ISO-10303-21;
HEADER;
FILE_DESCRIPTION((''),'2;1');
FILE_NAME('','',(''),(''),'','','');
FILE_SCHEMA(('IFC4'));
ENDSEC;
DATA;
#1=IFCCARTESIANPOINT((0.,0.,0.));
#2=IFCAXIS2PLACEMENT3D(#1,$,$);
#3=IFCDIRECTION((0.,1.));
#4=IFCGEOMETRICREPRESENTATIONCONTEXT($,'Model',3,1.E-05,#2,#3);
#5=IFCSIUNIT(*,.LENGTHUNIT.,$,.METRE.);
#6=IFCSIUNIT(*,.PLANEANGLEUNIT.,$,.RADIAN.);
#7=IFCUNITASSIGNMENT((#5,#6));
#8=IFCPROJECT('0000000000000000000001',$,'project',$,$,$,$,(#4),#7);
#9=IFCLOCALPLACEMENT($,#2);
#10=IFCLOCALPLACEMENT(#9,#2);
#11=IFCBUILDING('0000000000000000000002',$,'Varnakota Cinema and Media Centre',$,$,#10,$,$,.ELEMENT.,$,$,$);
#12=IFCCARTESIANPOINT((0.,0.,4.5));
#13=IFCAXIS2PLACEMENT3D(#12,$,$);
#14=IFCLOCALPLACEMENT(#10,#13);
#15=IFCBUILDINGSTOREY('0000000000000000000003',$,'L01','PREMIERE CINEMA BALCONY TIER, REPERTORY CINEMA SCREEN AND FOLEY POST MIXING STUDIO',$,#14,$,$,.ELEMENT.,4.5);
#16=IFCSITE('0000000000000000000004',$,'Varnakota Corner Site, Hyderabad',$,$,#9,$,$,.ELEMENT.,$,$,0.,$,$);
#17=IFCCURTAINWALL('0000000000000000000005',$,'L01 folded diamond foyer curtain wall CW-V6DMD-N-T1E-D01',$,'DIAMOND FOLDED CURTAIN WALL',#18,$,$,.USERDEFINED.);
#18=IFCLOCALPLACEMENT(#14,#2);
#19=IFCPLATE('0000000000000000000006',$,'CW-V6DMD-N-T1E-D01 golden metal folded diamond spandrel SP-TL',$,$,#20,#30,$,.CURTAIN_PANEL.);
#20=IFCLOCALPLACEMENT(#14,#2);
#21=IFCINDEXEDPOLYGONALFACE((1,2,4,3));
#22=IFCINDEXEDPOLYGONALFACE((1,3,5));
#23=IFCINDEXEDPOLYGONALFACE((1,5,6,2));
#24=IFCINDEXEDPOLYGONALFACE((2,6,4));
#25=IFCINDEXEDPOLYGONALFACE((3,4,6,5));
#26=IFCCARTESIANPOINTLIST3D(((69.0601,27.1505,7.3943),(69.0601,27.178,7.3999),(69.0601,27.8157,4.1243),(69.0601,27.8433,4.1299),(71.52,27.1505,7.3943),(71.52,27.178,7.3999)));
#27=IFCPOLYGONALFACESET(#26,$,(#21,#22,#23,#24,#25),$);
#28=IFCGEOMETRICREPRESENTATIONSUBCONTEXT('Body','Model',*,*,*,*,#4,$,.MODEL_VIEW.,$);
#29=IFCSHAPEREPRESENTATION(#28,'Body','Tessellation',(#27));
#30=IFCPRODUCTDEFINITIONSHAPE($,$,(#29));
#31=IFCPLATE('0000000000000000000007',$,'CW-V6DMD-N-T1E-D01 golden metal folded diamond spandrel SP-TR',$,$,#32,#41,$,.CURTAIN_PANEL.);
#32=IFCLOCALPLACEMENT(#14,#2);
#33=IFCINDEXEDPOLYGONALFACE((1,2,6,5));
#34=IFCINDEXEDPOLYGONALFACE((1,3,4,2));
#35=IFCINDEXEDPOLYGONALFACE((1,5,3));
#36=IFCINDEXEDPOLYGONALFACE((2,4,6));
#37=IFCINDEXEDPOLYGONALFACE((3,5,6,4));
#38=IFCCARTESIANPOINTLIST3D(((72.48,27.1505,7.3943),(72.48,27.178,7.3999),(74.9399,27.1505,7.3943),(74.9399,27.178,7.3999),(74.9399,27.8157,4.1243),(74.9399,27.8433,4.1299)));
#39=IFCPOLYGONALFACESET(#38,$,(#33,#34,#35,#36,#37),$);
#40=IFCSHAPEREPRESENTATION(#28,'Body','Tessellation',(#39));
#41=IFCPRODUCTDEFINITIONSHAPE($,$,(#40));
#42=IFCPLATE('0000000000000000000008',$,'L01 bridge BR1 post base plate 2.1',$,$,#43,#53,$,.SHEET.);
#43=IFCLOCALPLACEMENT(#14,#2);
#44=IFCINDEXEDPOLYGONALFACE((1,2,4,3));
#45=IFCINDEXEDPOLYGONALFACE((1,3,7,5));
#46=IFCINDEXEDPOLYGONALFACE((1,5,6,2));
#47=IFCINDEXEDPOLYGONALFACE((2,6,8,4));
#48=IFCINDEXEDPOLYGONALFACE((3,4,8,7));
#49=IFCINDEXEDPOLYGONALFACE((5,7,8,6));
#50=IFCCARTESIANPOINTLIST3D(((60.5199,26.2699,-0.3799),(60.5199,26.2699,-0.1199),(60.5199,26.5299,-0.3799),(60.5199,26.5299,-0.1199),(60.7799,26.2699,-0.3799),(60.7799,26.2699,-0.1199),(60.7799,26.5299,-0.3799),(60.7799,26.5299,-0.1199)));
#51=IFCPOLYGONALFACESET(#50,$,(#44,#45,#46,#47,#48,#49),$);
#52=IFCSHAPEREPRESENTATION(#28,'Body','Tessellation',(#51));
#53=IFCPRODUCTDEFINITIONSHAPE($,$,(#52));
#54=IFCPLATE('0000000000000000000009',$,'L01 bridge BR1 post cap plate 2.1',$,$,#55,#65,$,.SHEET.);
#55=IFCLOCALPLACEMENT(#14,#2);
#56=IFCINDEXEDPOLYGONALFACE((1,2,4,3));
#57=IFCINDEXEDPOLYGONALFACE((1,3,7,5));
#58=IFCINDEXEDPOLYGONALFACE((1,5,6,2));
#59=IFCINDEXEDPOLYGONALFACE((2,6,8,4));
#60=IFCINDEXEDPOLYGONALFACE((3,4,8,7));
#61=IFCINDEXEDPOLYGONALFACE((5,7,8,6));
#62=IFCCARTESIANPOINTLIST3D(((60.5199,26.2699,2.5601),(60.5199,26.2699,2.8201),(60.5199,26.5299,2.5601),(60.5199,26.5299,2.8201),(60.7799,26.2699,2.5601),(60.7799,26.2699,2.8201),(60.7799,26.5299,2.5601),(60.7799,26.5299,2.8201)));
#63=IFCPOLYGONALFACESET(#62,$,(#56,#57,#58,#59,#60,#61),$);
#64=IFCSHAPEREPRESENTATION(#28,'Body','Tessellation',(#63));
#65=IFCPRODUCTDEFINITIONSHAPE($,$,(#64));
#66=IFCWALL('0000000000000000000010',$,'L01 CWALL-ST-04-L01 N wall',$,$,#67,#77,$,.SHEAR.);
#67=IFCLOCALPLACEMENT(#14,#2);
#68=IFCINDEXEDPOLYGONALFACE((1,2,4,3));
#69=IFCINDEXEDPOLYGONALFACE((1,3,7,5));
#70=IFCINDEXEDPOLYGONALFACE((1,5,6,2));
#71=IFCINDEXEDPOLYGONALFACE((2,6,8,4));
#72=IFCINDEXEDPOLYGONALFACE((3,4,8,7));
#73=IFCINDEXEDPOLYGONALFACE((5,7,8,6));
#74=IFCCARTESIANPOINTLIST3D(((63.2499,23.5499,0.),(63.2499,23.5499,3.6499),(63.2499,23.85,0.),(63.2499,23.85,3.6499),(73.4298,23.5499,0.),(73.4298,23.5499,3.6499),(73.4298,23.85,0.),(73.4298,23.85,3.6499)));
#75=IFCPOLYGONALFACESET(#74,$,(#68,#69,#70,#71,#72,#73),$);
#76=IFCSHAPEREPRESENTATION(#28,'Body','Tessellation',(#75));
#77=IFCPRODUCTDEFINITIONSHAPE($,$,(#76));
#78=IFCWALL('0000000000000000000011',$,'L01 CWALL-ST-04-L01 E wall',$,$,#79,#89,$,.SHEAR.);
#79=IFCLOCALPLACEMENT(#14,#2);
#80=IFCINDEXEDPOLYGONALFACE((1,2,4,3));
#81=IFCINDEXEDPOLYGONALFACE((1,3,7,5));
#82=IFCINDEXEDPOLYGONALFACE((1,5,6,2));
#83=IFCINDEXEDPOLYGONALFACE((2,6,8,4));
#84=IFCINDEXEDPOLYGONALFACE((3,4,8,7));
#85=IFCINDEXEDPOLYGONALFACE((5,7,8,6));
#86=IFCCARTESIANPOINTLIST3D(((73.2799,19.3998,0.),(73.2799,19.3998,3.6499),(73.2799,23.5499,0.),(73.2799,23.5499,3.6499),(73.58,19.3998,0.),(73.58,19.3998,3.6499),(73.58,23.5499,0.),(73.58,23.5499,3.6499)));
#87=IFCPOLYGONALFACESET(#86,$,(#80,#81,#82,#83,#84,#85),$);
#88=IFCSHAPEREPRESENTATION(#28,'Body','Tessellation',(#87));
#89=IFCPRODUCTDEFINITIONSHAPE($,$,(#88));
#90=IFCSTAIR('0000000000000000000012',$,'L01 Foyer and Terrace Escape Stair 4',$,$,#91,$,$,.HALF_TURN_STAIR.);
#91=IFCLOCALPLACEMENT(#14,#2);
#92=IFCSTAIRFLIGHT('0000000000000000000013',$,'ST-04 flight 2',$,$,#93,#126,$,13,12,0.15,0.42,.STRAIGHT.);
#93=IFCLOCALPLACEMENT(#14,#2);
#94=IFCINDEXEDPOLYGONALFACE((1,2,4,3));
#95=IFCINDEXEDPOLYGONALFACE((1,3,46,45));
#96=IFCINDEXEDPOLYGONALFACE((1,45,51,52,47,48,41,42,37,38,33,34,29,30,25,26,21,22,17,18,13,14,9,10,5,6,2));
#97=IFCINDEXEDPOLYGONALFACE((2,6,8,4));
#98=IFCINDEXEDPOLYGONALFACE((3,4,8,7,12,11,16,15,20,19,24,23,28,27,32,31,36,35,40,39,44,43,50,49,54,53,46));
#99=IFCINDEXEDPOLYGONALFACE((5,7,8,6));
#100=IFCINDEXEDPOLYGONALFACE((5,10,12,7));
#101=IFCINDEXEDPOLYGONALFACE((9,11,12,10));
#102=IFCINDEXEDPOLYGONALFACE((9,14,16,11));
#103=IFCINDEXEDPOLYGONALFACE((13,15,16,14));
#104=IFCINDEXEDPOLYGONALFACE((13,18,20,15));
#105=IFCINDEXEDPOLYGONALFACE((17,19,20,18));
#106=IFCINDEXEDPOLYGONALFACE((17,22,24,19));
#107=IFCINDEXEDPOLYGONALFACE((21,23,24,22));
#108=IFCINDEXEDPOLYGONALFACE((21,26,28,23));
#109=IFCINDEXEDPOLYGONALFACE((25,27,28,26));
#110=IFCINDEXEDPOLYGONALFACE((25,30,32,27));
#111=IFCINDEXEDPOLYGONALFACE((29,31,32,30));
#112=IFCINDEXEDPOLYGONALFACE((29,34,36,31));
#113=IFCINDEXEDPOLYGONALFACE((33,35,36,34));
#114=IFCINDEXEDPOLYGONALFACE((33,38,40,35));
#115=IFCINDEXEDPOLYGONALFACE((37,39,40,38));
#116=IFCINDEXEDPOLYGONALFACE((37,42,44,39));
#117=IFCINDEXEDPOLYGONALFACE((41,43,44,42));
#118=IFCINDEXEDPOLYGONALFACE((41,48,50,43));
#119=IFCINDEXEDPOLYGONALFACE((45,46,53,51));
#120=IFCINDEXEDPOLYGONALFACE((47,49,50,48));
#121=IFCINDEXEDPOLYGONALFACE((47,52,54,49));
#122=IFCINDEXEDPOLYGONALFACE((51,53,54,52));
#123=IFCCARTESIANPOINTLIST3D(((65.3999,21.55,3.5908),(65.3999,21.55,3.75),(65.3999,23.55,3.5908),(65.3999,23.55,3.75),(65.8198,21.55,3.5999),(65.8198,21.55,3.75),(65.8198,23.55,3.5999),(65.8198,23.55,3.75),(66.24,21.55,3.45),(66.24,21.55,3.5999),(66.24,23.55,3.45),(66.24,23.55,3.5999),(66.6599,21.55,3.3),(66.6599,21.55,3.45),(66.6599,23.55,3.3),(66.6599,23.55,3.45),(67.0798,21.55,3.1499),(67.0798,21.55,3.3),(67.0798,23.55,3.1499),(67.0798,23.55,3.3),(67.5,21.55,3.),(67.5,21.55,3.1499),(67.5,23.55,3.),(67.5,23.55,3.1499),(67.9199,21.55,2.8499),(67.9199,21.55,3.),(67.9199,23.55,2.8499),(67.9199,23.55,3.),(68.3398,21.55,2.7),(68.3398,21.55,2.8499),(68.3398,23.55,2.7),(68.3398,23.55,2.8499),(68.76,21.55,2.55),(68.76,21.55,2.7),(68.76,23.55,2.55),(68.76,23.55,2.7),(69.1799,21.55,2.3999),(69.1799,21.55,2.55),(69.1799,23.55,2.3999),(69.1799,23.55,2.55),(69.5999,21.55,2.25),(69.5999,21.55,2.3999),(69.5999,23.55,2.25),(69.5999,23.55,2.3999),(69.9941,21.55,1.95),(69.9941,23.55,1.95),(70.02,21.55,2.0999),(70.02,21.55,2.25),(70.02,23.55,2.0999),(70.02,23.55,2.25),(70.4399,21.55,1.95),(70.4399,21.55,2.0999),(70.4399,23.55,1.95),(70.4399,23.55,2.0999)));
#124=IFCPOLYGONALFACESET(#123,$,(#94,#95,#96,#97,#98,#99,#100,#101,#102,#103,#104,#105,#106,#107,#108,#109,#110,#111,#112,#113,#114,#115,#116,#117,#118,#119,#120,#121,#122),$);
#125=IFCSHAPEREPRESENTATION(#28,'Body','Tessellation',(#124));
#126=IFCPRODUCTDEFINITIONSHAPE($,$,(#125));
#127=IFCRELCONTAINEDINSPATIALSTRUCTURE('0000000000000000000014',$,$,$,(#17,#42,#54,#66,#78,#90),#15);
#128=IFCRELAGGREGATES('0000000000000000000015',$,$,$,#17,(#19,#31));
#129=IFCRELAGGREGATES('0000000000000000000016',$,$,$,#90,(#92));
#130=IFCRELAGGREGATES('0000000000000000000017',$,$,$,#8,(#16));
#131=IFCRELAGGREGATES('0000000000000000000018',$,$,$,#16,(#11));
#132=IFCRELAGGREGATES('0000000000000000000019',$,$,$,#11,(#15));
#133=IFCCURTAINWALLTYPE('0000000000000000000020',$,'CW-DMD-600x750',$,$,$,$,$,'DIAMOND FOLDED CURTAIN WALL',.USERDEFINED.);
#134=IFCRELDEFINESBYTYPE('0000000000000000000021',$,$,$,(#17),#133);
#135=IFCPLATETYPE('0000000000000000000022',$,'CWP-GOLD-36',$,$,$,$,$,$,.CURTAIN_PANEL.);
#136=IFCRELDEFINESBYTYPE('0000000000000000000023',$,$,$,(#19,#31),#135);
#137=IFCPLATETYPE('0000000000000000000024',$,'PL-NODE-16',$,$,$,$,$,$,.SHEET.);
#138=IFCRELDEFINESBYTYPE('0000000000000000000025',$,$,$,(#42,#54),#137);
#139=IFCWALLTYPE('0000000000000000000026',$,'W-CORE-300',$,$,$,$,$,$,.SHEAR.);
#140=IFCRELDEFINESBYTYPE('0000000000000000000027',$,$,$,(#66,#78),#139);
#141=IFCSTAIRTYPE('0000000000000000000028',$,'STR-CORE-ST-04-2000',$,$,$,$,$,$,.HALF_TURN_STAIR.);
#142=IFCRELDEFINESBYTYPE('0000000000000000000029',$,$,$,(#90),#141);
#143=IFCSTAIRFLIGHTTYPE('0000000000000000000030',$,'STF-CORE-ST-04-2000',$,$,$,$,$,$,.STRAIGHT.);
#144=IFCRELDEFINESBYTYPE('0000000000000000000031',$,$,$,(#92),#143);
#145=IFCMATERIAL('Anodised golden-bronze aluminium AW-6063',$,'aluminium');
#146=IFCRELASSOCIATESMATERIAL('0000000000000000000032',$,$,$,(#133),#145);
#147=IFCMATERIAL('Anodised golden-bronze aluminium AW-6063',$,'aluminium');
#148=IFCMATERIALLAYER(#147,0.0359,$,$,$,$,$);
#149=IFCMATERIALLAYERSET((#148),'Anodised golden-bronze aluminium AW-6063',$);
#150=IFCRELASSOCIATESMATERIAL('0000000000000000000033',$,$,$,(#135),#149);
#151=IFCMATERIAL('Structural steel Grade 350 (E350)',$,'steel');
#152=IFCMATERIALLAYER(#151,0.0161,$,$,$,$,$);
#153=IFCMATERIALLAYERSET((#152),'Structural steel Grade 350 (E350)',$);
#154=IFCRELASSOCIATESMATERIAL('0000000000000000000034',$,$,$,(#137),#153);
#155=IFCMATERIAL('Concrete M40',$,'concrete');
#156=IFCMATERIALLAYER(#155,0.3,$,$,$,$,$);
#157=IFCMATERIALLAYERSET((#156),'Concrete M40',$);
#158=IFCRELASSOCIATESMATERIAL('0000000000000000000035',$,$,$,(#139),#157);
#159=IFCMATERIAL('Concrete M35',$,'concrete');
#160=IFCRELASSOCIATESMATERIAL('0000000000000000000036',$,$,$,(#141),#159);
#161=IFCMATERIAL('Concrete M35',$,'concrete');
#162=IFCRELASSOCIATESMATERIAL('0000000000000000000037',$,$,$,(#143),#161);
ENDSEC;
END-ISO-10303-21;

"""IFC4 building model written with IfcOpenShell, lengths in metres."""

from ifc_helpers import new_model, si_unit, direction, frame, frame_2d, origin, origin_2d, place, context, subcontext, project, spatial, polyline, rectangle, outline, extrude, material, layer, layer_set, type_object, element, aggregate, save


model = new_model("IFC4")

# Units and contexts
model_context = context("Model", 3, precision=1e-05, world=origin(), true_north=direction((0.0, 1.0)))
body_context = subcontext(model_context, "Body", "Model", "MODEL_VIEW")
ifc_project = project(units=[si_unit("LENGTHUNIT", "METRE"), si_unit("PLANEANGLEUNIT", "RADIAN")], contexts=[model_context])

# Site, building, storey
site_placement = place(None, origin())
site = spatial("IfcSite", under=ifc_project, at=site_placement, Name="Varnakota Corner Site, Hyderabad", CompositionType="ELEMENT", RefElevation=0.0)
building_placement = place(site_placement, origin())
building = spatial("IfcBuilding", under=site, at=building_placement, Name="Varnakota Cinema and Media Centre", CompositionType="ELEMENT")
storey_placement = place(building_placement, frame((0.0, 0.0, 4.5)))
storey = spatial("IfcBuildingStorey", under=building, at=storey_placement, Name="L01", Description="PREMIERE CINEMA BALCONY TIER, REPERTORY CINEMA SCREEN AND FOLEY POST MIXING STUDIO", CompositionType="ELEMENT", Elevation=4.5)

# Curtain wall
ifc_material_1 = material(Name="Anodised golden-bronze aluminium AW-6063", Category="aluminium")
curtain_wall_type = type_object("IfcCurtainWallType", Name="CW-DMD-600x750", ElementType="DIAMOND FOLDED CURTAIN WALL", PredefinedType="USERDEFINED", material=ifc_material_1)
curtain_wall_placement = place(storey_placement, origin())
curtain_wall = element("IfcCurtainWall", 1, at=curtain_wall_placement, inside=storey, type_object=curtain_wall_type, Name="L01 folded diamond foyer curtain wall CW-V6DMD-N-T1E-D01", ObjectType="DIAMOND FOLDED CURTAIN WALL", PredefinedType="USERDEFINED")

# Plates
ifc_material_2 = material(Name="Anodised golden-bronze aluminium AW-6063", Category="aluminium")
ifc_layer_1 = layer(ifc_material_2, 0.0359)
ifc_layer_set_1 = layer_set([ifc_layer_1], Name="Anodised golden-bronze aluminium AW-6063")
plate_type_1 = type_object("IfcPlateType", Name="CWP-GOLD-36", PredefinedType="CURTAIN_PANEL", material=ifc_layer_set_1)
plate_1_placement = place(storey_placement, frame((69.0601, 27.8433, 4.1299), z_axis=(0.0, 0.979925, 0.199365), x_axis=(0.593373, -0.160475, 0.788769)))
plate_1 = element("IfcPlate", 2, at=plate_1_placement, type_object=plate_type_1, Name="CW-V6DMD-N-T1E-D01 golden metal folded diamond spandrel SP-TL", PredefinedType="CURTAIN_PANEL", context=body_context, shape_type="SweptSolid", body=[
    extrude(outline(polyline([(0.0, 0.0), (4.1457, 0.0), (2.6861, -1.9801), (0.0, 0.0)])), origin(), (0.0, 0.0, -1.0), 0.0281),
])
plate_2_placement = place(storey_placement, frame((74.9399, 27.8433, 4.1299), z_axis=(0.0, 0.979925, 0.199365), x_axis=(0.0, -0.199365, 0.979925)))
plate_2 = element("IfcPlate", 3, at=plate_2_placement, type_object=plate_type_1, Name="CW-V6DMD-N-T1E-D01 golden metal folded diamond spandrel SP-TR", PredefinedType="CURTAIN_PANEL", context=body_context, shape_type="SweptSolid", body=[
    extrude(outline(polyline([(0.0, 0.0), (3.337, 0.0), (3.337, -2.46), (0.0, 0.0)])), origin(), (0.0, 0.0, -1.0), 0.0281),
])
aggregate(curtain_wall, [plate_1, plate_2])

# Plates
ifc_material_3 = material(Name="Structural steel Grade 350 (E350)", Category="steel")
ifc_layer_2 = layer(ifc_material_3, 0.0161)
ifc_layer_set_2 = layer_set([ifc_layer_2], Name="Structural steel Grade 350 (E350)")
plate_type_2 = type_object("IfcPlateType", Name="PL-NODE-16", PredefinedType="SHEET", material=ifc_layer_set_2)
for number, where, z_axis, x_axis, name in (
    (4, (60.6499, 26.3999, -0.3799), (0.0, 0.0, 1.0), (1.0, 0.0, 0.0), "L01 bridge BR1 post base plate 2.1"),
    (5, (60.6499, 26.3999, 2.5601), (0.0, 0.0, 1.0), (1.0, 0.0, 0.0), "L01 bridge BR1 post cap plate 2.1"),
):
    element("IfcPlate", number, at=place(storey_placement, frame(where, z_axis=z_axis, x_axis=x_axis)), inside=storey, type_object=plate_type_2, Name=name, PredefinedType="SHEET", context=body_context, shape_type="SweptSolid", body=[
        extrude(rectangle(XDim=0.26, YDim=0.26, at=origin_2d()), origin(), (0.0, 0.0, 1.0), 0.26),
    ])

# Walls
ifc_material_4 = material(Name="Concrete M40", Category="concrete")
ifc_layer_3 = layer(ifc_material_4, 0.3)
ifc_layer_set_3 = layer_set([ifc_layer_3], Name="Concrete M40")
wall_type = type_object("IfcWallType", Name="W-CORE-300", PredefinedType="SHEAR", material=ifc_layer_set_3)
wall_1_placement = place(storey_placement, frame((63.25, 23.7, 0.0), z_axis=(0.0, 0.0, 1.0), x_axis=(1.0, 0.0, 0.0)))
element("IfcWall", 6, at=wall_1_placement, inside=storey, type_object=wall_type, Name="L01 CWALL-ST-04-L01 N wall", PredefinedType="SHEAR", context=body_context, shape_type="SweptSolid", body=[
    extrude(rectangle(XDim=10.1799, YDim=0.3, at=frame_2d((5.0898, 0.0))), origin(), (0.0, 0.0, 1.0), 3.6499),
])
wall_2_placement = place(storey_placement, frame((73.4299, 23.55, 0.0), z_axis=(0.0, 0.0, 1.0), x_axis=(0.0, -1.0, 0.0)))
element("IfcWall", 7, at=wall_2_placement, inside=storey, type_object=wall_type, Name="L01 CWALL-ST-04-L01 E wall", PredefinedType="SHEAR", context=body_context, shape_type="SweptSolid", body=[
    extrude(rectangle(XDim=4.1501, YDim=0.3, at=frame_2d((2.0752, 0.0))), origin(), (0.0, 0.0, 1.0), 3.6499),
])

# Stair, stair flight
ifc_material_5 = material(Name="Concrete M35", Category="concrete")
stair_type = type_object("IfcStairType", Name="STR-CORE-ST-04-2000", PredefinedType="HALF_TURN_STAIR", material=ifc_material_5)
stair_placement = place(storey_placement, origin())
stair = element("IfcStair", 8, at=stair_placement, inside=storey, type_object=stair_type, Name="L01 Foyer and Terrace Escape Stair 4", PredefinedType="HALF_TURN_STAIR")
ifc_material_6 = material(Name="Concrete M35", Category="concrete")
stair_flight_type = type_object("IfcStairFlightType", Name="STF-CORE-ST-04-2000", PredefinedType="STRAIGHT", material=ifc_material_6)
stair_flight_placement = place(storey_placement, frame((70.4399, 22.55, 1.95), z_axis=(0.0, 0.0, 1.0), x_axis=(-1.0, 0.0, 0.0)))
stair_flight = element("IfcStairFlight", 9, at=stair_flight_placement, type_object=stair_flight_type, Name="ST-04 flight 2", NumberOfRisers=13, NumberOfTreads=12, PredefinedType="STRAIGHT", RiserHeight=0.15, TreadLength=0.42, context=body_context, shape_type="SweptSolid", body=[
    extrude(outline(polyline([(0.0, 0.0), (0.0, 0.1499), (0.4199, 0.1499), (0.4199, 0.3), (0.8401, 0.3), (0.8401, 0.45), (1.26, 0.45), (1.26, 0.6001), (1.6799, 0.6001), (1.6799, 0.75), (2.1001, 0.75), (2.1001, 0.8999), (2.52, 0.8999), (2.52, 1.05), (2.9399, 1.05), (2.9399, 1.2), (3.3601, 1.2), (3.3601, 1.3501), (3.78, 1.3501), (3.78, 1.5), (4.2, 1.5), (4.2, 1.6499), (4.6201, 1.6499), (4.6201, 1.8), (5.04, 1.8), (5.04, 1.95), (5.04, 1.6409), (0.4458, 0.0), (0.0, 0.0)])), frame((0.0, 1.0, 0.0), z_axis=(0.0, -1.0, 0.0), x_axis=(1.0, 0.0, 0.0)), (0.0, 0.0, 1.0), 2.0),
])
aggregate(stair, [stair_flight])

save(model, "model.ifc")
